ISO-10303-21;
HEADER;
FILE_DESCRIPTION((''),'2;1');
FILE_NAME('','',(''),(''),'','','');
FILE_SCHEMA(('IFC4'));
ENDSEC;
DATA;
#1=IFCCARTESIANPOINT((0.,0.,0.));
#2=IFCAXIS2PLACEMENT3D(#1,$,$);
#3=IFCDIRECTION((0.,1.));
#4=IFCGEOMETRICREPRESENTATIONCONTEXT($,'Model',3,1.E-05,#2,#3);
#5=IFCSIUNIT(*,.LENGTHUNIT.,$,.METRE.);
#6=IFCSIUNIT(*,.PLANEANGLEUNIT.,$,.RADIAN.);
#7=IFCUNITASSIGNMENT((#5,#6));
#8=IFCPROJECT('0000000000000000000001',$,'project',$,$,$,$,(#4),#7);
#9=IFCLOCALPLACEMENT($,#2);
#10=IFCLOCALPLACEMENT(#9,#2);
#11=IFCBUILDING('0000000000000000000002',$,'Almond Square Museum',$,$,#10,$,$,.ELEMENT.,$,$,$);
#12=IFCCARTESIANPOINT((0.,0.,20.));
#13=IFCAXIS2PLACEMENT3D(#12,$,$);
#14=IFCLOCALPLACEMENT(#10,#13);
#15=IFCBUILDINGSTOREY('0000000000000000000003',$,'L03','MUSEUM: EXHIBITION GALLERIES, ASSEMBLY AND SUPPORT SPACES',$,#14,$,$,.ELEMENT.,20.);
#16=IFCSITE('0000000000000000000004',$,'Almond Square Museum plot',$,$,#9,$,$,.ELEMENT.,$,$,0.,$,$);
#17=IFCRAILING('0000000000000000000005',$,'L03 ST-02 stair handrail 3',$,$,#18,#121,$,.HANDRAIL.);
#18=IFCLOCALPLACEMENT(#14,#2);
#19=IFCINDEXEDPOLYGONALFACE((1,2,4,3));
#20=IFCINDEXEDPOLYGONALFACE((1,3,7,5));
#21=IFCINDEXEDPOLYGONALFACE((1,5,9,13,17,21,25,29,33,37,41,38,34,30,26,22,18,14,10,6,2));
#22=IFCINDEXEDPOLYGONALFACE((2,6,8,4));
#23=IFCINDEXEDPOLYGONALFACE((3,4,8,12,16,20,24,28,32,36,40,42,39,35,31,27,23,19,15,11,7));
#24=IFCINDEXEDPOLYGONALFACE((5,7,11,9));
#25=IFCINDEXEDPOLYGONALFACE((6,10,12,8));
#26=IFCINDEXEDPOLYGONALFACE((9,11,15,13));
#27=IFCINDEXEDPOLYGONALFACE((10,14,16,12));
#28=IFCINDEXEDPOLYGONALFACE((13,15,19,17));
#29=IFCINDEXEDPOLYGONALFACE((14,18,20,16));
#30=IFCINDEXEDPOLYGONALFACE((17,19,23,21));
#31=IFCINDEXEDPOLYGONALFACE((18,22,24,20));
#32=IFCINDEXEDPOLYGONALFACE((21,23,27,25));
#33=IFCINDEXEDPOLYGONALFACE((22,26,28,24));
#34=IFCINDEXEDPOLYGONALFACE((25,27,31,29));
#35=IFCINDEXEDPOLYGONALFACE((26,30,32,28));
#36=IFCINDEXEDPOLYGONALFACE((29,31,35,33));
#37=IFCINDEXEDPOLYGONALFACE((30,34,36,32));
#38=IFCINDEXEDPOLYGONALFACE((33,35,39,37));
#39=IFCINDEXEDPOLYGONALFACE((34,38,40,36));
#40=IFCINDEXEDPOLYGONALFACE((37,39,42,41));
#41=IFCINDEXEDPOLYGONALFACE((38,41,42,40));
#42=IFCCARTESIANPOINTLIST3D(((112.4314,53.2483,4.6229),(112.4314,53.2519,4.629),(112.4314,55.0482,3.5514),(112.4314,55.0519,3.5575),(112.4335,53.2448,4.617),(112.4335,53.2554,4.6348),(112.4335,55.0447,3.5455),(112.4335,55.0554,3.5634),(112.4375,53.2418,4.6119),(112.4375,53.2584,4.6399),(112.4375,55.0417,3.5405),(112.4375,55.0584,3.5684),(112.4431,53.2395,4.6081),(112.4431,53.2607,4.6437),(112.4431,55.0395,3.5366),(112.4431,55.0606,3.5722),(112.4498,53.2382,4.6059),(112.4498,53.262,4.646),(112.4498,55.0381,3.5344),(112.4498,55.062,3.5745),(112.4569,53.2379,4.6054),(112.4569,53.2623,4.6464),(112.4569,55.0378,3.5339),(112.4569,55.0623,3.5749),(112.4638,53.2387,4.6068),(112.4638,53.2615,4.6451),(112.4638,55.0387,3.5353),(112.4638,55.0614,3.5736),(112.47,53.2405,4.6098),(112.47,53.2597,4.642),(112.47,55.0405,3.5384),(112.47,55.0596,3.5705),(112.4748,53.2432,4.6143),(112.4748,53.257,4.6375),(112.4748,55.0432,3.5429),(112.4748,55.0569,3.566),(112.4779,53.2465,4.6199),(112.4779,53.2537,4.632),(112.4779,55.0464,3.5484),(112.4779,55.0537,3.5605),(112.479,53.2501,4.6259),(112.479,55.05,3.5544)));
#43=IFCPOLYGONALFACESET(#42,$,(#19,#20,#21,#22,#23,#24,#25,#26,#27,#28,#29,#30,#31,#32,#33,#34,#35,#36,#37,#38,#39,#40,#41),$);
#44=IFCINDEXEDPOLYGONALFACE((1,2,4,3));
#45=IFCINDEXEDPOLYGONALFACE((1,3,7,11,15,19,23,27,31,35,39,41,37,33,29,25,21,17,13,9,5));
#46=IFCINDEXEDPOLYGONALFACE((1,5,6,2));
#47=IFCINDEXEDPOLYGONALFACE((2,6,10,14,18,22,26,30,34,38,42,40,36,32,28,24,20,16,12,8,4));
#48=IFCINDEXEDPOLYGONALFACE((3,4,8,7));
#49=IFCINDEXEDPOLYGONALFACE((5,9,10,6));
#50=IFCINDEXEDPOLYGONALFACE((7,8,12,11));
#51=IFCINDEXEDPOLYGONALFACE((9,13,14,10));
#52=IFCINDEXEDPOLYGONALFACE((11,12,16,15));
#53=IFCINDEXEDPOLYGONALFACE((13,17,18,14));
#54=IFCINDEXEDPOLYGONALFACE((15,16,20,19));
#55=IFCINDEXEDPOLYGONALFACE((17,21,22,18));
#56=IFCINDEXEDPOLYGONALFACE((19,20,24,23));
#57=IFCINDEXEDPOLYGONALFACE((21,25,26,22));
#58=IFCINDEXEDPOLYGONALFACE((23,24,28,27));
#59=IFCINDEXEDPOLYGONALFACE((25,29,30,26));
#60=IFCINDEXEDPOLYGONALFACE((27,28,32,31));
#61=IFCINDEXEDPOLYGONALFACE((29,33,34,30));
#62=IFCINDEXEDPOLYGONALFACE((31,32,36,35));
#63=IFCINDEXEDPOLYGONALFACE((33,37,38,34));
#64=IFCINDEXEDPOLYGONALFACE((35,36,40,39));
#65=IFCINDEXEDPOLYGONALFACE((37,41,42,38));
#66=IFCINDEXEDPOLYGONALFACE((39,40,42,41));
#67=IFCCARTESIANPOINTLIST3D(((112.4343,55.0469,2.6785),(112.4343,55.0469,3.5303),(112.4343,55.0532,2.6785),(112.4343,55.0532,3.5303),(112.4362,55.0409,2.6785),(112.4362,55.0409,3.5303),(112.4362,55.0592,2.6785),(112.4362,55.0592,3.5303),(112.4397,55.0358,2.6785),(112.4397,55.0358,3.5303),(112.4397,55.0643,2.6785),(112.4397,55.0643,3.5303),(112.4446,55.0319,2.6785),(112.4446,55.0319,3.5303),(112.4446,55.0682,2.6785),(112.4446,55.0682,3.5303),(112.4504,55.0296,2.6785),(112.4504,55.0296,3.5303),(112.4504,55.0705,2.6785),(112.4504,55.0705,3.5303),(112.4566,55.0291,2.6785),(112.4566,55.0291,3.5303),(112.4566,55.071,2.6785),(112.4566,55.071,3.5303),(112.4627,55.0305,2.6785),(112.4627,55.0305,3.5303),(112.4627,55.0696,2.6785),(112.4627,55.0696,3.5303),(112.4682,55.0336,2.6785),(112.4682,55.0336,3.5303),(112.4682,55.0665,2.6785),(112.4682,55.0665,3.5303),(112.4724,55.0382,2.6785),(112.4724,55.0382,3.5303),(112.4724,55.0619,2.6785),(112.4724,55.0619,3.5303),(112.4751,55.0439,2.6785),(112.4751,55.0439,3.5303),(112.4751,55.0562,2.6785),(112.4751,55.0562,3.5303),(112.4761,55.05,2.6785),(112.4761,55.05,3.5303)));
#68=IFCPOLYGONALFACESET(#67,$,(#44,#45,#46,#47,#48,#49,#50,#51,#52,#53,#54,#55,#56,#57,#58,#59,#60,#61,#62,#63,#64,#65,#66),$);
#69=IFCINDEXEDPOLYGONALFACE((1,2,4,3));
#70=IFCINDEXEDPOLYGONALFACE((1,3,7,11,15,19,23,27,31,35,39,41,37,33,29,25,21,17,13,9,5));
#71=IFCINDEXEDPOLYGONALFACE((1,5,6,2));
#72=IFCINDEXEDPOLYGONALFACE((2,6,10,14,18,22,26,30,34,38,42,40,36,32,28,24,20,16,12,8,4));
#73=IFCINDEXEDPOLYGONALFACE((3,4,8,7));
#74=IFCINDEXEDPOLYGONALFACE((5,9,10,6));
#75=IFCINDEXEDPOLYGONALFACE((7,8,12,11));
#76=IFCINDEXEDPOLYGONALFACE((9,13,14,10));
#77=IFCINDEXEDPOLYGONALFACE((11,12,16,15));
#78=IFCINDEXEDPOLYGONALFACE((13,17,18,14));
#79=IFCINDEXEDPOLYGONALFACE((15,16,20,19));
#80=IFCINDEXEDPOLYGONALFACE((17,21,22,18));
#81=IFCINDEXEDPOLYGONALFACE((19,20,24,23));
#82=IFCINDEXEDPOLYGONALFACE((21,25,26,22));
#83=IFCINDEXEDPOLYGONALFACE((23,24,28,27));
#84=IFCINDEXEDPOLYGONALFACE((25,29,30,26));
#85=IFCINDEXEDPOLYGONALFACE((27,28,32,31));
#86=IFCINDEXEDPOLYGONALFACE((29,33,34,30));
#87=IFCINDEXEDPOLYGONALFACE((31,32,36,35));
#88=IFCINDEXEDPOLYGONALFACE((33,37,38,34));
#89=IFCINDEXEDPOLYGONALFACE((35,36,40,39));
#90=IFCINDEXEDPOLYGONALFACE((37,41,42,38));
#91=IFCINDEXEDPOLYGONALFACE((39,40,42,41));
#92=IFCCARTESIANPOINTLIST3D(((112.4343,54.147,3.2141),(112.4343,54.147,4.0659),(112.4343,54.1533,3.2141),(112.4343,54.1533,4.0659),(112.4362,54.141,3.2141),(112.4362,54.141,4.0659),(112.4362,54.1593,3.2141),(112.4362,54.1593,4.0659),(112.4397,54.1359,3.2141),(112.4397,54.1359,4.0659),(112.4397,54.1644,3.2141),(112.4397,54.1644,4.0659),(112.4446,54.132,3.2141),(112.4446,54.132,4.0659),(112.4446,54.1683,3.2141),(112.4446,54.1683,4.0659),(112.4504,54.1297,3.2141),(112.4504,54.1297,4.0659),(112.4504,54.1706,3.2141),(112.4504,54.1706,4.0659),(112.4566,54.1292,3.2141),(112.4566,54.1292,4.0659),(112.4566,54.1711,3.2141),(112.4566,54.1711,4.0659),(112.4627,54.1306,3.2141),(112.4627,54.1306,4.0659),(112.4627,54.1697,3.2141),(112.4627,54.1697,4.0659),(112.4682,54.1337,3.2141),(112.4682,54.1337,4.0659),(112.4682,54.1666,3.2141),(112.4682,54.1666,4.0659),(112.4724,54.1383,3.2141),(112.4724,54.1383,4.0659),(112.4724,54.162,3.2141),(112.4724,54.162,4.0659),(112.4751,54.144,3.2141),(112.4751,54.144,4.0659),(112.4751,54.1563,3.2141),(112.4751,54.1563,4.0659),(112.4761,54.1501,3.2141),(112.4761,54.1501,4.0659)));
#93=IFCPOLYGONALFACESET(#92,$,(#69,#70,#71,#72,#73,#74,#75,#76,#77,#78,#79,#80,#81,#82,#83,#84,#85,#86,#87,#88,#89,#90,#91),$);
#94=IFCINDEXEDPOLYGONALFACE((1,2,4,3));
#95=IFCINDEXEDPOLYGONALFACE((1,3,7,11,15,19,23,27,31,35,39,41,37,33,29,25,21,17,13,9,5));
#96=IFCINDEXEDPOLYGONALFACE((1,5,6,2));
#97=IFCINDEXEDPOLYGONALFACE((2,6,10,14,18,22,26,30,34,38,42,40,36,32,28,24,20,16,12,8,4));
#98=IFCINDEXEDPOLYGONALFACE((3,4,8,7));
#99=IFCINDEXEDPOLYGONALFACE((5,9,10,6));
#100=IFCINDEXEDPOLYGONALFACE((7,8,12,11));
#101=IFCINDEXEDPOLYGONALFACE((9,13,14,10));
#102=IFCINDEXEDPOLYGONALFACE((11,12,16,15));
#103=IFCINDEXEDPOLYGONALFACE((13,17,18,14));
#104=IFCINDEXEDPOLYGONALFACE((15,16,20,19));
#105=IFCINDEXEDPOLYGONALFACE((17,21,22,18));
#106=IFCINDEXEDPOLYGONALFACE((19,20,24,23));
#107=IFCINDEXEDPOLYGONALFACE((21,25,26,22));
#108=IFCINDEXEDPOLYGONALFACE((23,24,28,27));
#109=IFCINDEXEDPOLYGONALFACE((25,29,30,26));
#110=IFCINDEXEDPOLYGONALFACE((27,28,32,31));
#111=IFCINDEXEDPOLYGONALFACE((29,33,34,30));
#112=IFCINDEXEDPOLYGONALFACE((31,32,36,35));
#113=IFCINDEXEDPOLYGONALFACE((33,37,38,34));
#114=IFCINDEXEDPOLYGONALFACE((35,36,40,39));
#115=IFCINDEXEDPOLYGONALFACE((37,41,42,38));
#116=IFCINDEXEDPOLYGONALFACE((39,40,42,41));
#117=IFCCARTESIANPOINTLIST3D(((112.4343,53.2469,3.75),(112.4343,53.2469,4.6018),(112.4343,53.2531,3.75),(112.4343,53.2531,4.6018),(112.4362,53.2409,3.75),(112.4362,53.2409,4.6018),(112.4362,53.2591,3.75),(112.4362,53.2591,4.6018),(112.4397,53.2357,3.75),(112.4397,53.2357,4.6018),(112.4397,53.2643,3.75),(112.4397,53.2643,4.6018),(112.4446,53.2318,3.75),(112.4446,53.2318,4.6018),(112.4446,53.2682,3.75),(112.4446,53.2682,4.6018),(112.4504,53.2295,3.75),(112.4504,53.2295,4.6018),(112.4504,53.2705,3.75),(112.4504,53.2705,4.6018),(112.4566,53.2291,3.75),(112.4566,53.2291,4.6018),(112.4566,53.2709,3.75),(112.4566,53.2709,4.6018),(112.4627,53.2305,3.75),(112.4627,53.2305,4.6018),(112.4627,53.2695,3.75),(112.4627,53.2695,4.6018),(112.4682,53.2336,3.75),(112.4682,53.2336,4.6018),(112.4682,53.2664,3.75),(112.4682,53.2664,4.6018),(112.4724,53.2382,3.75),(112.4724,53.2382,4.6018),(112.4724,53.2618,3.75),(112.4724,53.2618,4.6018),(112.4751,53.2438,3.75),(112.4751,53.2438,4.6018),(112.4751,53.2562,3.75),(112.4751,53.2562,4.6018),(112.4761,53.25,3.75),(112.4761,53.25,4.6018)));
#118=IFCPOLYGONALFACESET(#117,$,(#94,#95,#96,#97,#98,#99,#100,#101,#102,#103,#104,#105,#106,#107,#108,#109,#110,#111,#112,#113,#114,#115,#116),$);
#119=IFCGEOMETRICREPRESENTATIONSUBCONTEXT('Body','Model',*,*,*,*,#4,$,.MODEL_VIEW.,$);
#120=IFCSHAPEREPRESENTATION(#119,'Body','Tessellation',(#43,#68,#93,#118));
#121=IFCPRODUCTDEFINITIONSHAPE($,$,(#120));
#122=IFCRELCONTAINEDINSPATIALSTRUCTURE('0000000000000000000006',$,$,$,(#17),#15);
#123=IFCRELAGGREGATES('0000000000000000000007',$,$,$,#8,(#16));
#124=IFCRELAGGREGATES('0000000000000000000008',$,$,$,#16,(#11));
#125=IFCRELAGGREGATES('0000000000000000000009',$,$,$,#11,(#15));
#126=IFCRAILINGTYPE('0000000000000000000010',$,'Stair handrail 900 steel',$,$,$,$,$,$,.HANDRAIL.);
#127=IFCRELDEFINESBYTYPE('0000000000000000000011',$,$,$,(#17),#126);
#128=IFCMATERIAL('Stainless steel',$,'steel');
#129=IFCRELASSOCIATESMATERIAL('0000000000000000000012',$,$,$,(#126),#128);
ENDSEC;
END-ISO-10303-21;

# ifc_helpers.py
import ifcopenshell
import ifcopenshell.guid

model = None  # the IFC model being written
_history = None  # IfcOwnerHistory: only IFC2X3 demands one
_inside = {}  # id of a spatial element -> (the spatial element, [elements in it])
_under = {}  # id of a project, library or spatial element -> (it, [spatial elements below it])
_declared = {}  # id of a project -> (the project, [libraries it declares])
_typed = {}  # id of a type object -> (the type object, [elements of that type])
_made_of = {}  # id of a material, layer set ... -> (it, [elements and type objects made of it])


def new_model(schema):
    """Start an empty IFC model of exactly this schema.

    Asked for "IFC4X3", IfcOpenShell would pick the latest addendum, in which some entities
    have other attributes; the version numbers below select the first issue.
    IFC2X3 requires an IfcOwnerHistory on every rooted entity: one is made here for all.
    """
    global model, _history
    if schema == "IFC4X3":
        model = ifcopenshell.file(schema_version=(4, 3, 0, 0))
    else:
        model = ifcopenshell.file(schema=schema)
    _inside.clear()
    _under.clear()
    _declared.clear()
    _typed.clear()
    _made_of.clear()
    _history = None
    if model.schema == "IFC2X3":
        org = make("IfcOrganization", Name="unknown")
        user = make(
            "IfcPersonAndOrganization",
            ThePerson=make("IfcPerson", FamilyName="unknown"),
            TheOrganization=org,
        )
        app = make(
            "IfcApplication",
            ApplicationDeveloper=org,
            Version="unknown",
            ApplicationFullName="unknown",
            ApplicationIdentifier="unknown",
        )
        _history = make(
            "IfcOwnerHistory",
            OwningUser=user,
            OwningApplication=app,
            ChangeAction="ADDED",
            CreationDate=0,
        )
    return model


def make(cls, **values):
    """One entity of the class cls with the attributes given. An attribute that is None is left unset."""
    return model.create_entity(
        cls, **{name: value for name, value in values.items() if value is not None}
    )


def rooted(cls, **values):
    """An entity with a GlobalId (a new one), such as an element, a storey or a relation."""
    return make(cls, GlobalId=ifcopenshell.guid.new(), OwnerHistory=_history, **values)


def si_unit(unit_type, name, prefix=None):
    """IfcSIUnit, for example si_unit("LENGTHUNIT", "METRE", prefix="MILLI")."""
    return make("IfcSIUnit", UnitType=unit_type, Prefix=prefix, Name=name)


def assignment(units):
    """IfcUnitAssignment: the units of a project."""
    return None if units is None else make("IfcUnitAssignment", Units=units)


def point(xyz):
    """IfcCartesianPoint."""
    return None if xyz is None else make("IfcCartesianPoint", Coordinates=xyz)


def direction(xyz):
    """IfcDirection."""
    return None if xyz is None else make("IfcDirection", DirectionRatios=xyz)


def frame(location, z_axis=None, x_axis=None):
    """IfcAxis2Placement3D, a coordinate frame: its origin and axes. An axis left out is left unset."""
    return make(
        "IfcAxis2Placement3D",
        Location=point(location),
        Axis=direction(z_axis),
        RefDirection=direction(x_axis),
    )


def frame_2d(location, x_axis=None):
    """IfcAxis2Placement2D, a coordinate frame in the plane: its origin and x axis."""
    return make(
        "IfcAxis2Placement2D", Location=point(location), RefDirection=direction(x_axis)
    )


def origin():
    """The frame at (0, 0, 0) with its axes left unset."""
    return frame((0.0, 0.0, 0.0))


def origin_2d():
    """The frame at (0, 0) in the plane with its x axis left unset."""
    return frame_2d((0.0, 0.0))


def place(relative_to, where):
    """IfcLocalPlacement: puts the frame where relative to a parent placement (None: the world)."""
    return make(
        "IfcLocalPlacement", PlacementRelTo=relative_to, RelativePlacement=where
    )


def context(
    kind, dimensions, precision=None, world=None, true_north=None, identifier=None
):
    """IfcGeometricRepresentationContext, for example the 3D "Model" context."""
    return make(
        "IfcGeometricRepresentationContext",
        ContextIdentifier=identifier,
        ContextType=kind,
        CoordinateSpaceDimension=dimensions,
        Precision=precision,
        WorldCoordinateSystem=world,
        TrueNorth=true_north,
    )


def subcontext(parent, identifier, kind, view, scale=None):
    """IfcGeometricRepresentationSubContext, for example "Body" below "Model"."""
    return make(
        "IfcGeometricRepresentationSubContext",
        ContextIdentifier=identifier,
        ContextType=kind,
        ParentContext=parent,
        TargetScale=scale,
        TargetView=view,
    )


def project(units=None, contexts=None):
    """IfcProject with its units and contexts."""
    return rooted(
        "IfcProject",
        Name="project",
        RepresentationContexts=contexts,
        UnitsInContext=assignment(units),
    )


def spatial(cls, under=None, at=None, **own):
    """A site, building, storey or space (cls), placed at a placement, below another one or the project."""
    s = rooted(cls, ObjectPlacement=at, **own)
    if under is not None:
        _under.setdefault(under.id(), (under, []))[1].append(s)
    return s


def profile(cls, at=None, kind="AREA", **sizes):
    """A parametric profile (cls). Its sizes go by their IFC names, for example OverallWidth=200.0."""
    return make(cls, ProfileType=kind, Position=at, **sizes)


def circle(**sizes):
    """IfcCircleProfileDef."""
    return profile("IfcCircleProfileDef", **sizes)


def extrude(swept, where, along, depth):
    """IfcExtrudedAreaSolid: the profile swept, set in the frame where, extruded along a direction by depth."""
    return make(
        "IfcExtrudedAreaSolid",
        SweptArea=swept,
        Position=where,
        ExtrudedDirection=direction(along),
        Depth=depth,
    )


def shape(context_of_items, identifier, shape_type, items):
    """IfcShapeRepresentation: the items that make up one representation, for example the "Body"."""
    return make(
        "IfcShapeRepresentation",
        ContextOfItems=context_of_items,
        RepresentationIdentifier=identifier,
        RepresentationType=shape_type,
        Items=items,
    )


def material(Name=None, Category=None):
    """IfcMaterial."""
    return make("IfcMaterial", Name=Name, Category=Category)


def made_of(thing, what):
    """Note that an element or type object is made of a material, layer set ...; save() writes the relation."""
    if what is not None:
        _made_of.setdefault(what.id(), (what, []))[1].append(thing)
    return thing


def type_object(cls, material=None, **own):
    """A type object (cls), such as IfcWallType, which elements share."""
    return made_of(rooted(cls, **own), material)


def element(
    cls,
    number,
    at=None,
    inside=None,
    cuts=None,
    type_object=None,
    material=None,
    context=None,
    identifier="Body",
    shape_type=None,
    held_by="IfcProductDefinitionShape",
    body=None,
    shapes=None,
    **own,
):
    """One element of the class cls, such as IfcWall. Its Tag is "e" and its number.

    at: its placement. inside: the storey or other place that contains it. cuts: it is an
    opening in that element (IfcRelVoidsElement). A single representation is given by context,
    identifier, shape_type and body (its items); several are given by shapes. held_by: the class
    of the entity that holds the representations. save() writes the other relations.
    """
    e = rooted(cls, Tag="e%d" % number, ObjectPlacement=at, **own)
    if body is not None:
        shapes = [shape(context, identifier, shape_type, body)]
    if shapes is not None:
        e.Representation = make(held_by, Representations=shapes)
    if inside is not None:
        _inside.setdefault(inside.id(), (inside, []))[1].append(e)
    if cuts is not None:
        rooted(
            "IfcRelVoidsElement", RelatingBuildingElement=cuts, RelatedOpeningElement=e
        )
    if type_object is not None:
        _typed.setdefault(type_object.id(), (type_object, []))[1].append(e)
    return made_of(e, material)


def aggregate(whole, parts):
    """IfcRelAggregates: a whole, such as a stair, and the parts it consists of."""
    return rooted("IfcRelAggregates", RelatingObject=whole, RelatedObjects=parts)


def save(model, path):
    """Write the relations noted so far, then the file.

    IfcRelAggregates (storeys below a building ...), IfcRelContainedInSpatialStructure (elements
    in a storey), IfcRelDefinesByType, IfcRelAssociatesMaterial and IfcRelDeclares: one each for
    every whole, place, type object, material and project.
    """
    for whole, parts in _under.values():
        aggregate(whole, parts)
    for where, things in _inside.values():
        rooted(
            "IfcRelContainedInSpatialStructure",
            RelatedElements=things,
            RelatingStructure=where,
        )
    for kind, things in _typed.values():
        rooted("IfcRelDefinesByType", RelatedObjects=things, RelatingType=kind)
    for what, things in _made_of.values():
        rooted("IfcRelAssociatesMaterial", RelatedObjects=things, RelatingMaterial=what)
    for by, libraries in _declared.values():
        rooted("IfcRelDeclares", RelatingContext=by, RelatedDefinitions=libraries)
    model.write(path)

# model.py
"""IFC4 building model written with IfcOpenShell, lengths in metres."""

from ifc_helpers import new_model, si_unit, direction, frame, origin, origin_2d, place, context, subcontext, project, spatial, circle, extrude, material, type_object, element, save


model = new_model("IFC4")

# Units and contexts
model_context = context("Model", 3, precision=1e-05, world=origin(), true_north=direction((0.0, 1.0)))
body_context = subcontext(model_context, "Body", "Model", "MODEL_VIEW")
ifc_project = project(units=[si_unit("LENGTHUNIT", "METRE"), si_unit("PLANEANGLEUNIT", "RADIAN")], contexts=[model_context])

# Site, building, storey
site_placement = place(None, origin())
site = spatial("IfcSite", under=ifc_project, at=site_placement, Name="Almond Square Museum plot", CompositionType="ELEMENT", RefElevation=0.0)
building_placement = place(site_placement, origin())
building = spatial("IfcBuilding", under=site, at=building_placement, Name="Almond Square Museum", CompositionType="ELEMENT")
storey_placement = place(building_placement, frame((0.0, 0.0, 20.0)))
storey = spatial("IfcBuildingStorey", under=building, at=storey_placement, Name="L03", Description="MUSEUM: EXHIBITION GALLERIES, ASSEMBLY AND SUPPORT SPACES", CompositionType="ELEMENT", Elevation=20.0)

# Railing
ifc_material_1 = material(Name="Stainless steel", Category="steel")
railing_type_1 = type_object("IfcRailingType", Name="Stair handrail 900 steel", PredefinedType="HANDRAIL", material=ifc_material_1)
for number, where, name in (
    (1, (112.4551, 55.05, 2.6785), "L03 ST-02 stair handrail 3"),
):
    element("IfcRailing", number, at=place(storey_placement, frame(where)), inside=storey, type_object=railing_type_1, Name=name, PredefinedType="HANDRAIL", context=body_context, shape_type="SweptSolid", body=[
        extrude(circle(Radius=0.0239, at=origin_2d()), frame((0.0, 0.0, 0.876), z_axis=(0.0, -0.859277, 0.51151), x_axis=(1.0, 0.0, 0.0)), (0.0, 0.0, 1.0), 2.0947),
        extrude(circle(Radius=0.021, at=origin_2d()), origin(), (0.0, 0.0, 1.0), 0.8518),
        extrude(circle(Radius=0.021, at=origin_2d()), frame((0.0, -0.8999, 0.5356)), (0.0, 0.0, 1.0), 0.8518),
        extrude(circle(Radius=0.021, at=origin_2d()), frame((0.0, -1.8, 1.0715)), (0.0, 0.0, 1.0), 0.8518),
    ])

save(model, "model.ifc")
